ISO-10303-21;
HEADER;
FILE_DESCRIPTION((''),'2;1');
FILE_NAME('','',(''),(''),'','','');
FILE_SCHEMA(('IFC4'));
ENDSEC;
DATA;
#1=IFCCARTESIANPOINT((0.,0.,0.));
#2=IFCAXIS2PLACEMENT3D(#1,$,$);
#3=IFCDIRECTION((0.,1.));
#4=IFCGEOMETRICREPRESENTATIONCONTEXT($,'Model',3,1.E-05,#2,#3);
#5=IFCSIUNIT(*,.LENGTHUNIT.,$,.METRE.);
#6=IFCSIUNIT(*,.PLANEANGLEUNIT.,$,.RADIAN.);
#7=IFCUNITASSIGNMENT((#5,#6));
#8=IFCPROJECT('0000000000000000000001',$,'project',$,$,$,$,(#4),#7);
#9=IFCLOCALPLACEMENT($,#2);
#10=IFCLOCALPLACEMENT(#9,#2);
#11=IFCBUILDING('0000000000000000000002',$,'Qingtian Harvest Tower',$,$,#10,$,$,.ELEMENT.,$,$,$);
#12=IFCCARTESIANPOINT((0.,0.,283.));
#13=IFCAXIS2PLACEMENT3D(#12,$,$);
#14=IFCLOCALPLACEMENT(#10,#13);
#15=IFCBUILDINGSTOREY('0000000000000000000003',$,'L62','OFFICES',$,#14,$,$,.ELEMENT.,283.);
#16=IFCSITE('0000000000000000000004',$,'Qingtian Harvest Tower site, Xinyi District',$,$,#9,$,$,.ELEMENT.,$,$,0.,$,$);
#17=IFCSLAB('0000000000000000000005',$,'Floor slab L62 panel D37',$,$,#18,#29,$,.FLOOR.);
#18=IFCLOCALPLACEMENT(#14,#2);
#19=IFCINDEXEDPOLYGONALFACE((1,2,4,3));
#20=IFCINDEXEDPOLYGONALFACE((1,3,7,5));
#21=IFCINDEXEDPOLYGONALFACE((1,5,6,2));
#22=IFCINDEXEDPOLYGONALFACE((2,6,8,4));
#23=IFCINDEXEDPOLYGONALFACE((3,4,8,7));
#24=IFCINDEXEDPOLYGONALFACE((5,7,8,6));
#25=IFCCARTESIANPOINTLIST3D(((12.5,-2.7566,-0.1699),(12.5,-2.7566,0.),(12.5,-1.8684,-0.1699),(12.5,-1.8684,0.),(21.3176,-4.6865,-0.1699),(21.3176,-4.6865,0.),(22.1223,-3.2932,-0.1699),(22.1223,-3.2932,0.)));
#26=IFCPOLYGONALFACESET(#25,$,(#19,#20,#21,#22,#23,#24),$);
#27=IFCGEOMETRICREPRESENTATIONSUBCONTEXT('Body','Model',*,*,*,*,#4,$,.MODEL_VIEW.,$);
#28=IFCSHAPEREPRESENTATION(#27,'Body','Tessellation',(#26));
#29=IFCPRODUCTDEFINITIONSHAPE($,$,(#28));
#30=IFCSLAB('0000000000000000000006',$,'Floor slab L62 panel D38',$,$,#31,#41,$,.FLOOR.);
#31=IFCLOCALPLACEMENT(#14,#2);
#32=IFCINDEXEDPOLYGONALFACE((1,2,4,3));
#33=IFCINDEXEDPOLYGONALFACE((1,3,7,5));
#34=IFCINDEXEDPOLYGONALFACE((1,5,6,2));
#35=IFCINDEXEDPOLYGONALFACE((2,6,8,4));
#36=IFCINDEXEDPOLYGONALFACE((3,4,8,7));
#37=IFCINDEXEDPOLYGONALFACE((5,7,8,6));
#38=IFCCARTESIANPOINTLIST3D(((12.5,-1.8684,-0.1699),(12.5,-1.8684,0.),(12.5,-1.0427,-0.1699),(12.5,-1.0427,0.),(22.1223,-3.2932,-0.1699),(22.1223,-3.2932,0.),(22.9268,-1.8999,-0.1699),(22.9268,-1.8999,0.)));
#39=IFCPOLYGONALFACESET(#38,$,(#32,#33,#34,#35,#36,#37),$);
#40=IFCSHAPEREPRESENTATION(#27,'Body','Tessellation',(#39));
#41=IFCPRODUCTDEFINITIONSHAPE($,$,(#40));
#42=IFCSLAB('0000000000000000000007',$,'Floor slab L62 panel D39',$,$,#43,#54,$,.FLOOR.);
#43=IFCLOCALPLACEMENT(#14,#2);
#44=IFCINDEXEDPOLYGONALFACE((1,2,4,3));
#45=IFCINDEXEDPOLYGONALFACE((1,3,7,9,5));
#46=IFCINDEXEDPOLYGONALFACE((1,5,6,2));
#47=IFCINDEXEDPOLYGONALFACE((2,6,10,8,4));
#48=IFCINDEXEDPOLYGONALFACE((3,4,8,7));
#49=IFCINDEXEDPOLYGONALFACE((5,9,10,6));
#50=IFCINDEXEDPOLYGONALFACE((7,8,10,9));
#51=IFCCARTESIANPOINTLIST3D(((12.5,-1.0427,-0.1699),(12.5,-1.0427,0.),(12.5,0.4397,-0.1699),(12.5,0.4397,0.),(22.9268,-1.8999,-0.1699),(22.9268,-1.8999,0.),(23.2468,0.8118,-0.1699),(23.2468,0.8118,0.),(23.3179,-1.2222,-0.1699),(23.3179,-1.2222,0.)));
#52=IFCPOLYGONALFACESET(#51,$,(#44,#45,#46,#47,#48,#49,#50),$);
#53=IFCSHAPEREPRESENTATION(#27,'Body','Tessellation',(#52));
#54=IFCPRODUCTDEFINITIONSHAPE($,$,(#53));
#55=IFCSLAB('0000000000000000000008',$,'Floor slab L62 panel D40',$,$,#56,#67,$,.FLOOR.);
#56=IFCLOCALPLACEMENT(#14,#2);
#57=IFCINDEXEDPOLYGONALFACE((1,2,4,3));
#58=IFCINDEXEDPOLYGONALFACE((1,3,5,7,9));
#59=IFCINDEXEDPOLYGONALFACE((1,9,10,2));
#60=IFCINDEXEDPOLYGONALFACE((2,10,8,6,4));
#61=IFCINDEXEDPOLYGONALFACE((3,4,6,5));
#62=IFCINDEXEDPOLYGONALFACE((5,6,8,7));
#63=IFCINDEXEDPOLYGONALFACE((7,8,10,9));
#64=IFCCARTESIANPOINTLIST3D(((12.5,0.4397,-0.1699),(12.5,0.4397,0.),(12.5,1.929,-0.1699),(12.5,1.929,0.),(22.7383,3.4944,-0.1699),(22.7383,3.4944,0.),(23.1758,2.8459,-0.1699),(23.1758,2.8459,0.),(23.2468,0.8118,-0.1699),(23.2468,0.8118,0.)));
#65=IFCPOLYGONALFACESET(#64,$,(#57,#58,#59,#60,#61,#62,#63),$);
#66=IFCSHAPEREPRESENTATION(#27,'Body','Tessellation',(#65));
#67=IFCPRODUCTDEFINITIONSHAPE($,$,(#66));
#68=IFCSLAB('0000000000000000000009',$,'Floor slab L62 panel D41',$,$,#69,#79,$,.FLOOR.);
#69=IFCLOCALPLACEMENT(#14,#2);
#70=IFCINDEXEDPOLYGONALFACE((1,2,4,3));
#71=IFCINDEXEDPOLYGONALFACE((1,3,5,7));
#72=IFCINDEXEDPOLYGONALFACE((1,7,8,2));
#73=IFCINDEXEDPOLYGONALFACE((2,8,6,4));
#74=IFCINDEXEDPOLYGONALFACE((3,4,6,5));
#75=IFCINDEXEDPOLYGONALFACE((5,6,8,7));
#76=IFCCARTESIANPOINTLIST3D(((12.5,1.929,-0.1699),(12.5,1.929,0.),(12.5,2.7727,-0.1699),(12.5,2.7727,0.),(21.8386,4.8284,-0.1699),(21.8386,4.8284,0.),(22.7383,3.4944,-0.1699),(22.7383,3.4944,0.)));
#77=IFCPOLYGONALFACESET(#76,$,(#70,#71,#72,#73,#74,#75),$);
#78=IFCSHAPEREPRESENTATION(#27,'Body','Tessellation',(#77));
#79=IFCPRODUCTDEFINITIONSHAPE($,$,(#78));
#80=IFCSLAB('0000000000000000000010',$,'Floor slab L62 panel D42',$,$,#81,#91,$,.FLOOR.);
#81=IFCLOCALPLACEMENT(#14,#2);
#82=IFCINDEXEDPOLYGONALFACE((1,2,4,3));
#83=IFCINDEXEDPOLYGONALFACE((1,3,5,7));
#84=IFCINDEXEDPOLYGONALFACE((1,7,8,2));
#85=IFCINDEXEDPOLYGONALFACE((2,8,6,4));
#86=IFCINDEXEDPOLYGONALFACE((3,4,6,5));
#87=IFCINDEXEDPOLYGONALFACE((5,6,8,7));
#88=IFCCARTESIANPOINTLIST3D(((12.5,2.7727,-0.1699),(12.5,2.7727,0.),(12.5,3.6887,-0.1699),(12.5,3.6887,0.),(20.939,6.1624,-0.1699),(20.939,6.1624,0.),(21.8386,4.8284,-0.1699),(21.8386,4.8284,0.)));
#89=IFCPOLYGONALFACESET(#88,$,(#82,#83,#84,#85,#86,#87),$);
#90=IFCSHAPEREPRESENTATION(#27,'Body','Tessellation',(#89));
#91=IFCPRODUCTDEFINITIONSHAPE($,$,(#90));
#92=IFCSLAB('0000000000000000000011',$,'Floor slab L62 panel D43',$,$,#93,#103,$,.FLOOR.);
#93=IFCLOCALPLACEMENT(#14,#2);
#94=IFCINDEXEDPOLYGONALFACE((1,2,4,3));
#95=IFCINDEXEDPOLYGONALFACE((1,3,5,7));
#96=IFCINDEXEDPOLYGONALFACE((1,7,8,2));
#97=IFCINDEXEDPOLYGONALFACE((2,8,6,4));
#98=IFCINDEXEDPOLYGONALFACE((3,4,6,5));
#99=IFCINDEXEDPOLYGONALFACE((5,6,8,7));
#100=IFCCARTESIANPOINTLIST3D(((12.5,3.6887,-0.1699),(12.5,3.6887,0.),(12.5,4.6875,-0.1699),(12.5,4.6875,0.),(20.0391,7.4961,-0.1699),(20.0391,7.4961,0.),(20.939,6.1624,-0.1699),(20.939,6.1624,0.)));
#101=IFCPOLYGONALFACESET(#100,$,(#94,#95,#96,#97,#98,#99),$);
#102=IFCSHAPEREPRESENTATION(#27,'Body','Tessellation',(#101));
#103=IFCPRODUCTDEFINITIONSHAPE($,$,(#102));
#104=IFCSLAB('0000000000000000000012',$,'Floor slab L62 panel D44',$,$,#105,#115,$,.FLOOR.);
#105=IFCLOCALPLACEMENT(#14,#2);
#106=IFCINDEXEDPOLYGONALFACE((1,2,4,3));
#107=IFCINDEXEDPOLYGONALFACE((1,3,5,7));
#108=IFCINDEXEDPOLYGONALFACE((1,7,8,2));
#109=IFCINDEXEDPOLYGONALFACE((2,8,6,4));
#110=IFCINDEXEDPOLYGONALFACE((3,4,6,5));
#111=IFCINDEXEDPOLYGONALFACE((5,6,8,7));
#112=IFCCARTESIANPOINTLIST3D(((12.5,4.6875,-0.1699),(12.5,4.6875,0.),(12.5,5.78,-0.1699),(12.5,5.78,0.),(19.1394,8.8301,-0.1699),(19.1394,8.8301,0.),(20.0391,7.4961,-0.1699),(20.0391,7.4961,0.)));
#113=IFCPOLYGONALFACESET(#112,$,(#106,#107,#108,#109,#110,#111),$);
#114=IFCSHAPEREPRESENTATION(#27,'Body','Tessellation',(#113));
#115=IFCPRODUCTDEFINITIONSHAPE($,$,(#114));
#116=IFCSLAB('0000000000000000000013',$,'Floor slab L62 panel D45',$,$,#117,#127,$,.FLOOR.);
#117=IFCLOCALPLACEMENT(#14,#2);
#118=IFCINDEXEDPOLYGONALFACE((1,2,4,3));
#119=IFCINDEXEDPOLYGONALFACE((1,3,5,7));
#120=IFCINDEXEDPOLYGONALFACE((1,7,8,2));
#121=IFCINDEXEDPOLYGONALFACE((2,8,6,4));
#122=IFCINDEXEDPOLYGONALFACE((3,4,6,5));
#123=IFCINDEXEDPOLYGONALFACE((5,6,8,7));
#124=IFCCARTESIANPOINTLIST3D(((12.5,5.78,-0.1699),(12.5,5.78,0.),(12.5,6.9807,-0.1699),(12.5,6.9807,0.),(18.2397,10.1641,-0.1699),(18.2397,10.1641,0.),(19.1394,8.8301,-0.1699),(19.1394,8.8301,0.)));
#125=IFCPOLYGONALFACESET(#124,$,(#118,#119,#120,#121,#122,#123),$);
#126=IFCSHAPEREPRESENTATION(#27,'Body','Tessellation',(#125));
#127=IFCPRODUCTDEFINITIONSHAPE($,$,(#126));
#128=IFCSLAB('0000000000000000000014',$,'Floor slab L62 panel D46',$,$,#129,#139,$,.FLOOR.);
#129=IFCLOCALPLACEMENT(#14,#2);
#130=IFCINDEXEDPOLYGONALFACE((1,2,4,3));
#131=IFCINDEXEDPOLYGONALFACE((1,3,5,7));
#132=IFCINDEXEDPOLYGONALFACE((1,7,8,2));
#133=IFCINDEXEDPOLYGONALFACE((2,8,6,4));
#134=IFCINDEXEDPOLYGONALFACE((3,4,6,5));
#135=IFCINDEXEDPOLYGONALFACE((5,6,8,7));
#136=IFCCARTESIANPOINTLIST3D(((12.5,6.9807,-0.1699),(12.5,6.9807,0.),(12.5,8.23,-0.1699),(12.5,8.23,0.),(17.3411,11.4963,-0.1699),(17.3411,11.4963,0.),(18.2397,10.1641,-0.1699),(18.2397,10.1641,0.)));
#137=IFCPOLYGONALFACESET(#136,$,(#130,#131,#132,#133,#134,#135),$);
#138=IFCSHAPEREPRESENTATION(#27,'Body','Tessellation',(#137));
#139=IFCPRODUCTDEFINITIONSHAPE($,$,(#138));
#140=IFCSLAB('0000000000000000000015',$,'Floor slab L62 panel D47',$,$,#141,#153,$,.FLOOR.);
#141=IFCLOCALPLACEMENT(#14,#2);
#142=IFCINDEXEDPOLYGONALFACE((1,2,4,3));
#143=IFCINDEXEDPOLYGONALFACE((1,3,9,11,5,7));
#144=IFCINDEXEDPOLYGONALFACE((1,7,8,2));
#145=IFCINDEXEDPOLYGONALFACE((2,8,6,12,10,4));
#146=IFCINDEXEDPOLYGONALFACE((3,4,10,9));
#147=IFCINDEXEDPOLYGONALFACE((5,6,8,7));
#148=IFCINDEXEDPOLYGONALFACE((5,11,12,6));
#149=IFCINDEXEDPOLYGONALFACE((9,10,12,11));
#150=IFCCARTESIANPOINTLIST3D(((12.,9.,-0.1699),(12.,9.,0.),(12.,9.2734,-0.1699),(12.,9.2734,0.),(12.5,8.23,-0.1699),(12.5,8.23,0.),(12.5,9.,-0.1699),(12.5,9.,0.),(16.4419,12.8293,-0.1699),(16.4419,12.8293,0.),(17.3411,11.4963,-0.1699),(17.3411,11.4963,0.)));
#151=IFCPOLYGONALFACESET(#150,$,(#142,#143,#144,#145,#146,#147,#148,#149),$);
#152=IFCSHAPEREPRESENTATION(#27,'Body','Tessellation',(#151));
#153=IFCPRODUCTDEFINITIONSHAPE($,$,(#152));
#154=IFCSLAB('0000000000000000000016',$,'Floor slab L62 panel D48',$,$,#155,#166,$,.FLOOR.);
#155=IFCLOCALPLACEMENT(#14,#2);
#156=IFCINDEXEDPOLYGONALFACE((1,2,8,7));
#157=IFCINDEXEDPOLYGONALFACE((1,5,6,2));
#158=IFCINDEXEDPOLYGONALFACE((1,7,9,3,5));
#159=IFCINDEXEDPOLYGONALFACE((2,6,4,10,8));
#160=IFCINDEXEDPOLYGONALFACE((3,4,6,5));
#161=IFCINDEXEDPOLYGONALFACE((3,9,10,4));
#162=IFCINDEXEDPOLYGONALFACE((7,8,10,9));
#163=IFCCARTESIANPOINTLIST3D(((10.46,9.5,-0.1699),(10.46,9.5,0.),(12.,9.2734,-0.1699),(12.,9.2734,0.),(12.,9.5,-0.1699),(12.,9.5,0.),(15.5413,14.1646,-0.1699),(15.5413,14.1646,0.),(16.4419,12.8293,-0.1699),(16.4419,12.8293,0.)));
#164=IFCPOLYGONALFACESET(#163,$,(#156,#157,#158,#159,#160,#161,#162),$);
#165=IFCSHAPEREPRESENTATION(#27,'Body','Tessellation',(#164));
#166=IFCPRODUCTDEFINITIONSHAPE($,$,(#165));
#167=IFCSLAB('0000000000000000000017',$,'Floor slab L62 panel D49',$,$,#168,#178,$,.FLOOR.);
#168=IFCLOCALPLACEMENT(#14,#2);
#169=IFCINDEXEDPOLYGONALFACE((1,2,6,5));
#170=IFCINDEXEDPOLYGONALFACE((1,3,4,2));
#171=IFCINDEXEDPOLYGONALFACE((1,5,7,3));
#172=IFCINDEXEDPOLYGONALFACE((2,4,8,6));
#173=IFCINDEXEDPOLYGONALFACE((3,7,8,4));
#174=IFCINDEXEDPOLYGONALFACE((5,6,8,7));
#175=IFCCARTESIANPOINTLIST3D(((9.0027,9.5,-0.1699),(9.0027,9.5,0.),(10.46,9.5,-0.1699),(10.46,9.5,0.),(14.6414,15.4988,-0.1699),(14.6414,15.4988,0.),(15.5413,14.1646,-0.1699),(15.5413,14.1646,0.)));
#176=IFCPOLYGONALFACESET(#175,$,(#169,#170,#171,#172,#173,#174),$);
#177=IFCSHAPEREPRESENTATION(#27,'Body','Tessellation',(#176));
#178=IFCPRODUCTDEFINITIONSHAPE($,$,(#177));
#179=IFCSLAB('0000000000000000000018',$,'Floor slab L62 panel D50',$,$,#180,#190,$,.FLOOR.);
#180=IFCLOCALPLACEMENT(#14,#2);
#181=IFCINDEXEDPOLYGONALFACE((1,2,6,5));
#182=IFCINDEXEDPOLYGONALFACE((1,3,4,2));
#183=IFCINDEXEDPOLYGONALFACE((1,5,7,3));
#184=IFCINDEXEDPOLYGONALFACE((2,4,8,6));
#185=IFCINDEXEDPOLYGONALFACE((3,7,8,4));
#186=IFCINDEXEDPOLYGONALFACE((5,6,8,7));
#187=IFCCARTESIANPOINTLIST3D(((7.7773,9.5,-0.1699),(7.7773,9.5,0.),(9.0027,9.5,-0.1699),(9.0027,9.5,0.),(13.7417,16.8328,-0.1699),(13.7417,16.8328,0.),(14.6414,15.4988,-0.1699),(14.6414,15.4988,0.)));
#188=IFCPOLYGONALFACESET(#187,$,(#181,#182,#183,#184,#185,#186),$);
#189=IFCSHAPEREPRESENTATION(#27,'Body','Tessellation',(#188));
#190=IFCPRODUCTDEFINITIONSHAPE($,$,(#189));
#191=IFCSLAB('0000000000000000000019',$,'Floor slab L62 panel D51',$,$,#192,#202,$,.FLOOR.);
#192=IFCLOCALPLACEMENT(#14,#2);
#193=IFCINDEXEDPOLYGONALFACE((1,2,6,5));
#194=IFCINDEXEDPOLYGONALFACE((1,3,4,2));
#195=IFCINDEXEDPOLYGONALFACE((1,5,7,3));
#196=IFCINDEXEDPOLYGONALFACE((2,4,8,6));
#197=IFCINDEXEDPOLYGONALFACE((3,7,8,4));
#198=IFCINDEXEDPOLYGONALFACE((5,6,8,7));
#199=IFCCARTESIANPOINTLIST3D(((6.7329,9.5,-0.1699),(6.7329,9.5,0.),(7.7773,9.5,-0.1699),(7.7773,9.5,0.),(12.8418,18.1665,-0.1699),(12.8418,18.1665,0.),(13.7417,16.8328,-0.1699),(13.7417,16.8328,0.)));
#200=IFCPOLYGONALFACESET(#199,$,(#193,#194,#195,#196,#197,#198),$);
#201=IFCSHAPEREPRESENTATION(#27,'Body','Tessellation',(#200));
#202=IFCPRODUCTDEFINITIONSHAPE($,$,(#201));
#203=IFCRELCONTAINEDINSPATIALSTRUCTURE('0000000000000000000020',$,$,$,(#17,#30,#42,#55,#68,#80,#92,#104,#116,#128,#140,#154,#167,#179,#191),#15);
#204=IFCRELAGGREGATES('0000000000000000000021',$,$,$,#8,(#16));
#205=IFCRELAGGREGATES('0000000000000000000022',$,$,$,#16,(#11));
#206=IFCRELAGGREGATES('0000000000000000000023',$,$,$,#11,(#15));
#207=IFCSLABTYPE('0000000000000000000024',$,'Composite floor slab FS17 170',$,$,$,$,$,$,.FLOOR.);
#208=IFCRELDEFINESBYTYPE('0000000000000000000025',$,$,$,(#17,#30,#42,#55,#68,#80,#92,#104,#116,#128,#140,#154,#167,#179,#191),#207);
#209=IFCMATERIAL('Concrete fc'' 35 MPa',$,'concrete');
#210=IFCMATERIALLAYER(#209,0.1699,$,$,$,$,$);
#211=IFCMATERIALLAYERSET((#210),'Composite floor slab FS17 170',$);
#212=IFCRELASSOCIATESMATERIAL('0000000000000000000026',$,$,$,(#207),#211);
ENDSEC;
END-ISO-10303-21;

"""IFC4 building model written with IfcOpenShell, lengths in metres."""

from ifc_helpers import new_model, si_unit, direction, frame, origin, place, context, subcontext, project, spatial, polyline, outline, extrude, material, layer, layer_set, type_object, element, save


model = new_model("IFC4")

# Units and contexts
model_context = context("Model", 3, precision=1e-05, world=origin(), true_north=direction((0.0, 1.0)))
body_context = subcontext(model_context, "Body", "Model", "MODEL_VIEW")
ifc_project = project(units=[si_unit("LENGTHUNIT", "METRE"), si_unit("PLANEANGLEUNIT", "RADIAN")], contexts=[model_context])

# Site, building, storey
site_placement = place(None, origin())
site = spatial("IfcSite", under=ifc_project, at=site_placement, Name="Qingtian Harvest Tower site, Xinyi District", CompositionType="ELEMENT", RefElevation=0.0)
building_placement = place(site_placement, origin())
building = spatial("IfcBuilding", under=site, at=building_placement, Name="Qingtian Harvest Tower", CompositionType="ELEMENT")
storey_placement = place(building_placement, frame((0.0, 0.0, 283.0)))
storey = spatial("IfcBuildingStorey", under=building, at=storey_placement, Name="L62", Description="OFFICES", CompositionType="ELEMENT", Elevation=283.0)

# Slabs
ifc_material_1 = material(Name="Concrete fc' 35 MPa", Category="concrete")
ifc_layer_1 = layer(ifc_material_1, 0.1699)
ifc_layer_set_1 = layer_set([ifc_layer_1], Name="Composite floor slab FS17 170")
slab_type = type_object("IfcSlabType", Name="Composite floor slab FS17 170", PredefinedType="FLOOR", material=ifc_layer_set_1)
slab_1_placement = place(storey_placement, frame((0.0, 0.0, -0.1699)))
element("IfcSlab", 1, at=slab_1_placement, inside=storey, type_object=slab_type, Name="Floor slab L62 panel D37", PredefinedType="FLOOR", context=body_context, shape_type="SweptSolid", body=[
    extrude(outline(polyline([(12.5, -1.8684), (22.1223, -3.2932), (21.3176, -4.6865), (12.5, -2.7566), (12.5, -1.8684)])), origin(), (0.0, 0.0, 1.0), 0.1699),
])
slab_2_placement = place(storey_placement, frame((0.0, 0.0, -0.1699)))
element("IfcSlab", 2, at=slab_2_placement, inside=storey, type_object=slab_type, Name="Floor slab L62 panel D38", PredefinedType="FLOOR", context=body_context, shape_type="SweptSolid", body=[
    extrude(outline(polyline([(12.5, -1.0427), (22.9268, -1.8999), (22.1223, -3.2932), (12.5, -1.8684), (12.5, -1.0427)])), origin(), (0.0, 0.0, 1.0), 0.1699),
])
slab_3_placement = place(storey_placement, frame((0.0, 0.0, -0.1699)))
element("IfcSlab", 3, at=slab_3_placement, inside=storey, type_object=slab_type, Name="Floor slab L62 panel D39", PredefinedType="FLOOR", context=body_context, shape_type="SweptSolid", body=[
    extrude(outline(polyline([(12.5, -1.0427), (12.5, 0.4397), (23.2468, 0.8118), (23.3179, -1.2222), (22.9268, -1.8999), (12.5, -1.0427)])), origin(), (0.0, 0.0, 1.0), 0.1699),
])
slab_4_placement = place(storey_placement, frame((0.0, 0.0, -0.1699)))
element("IfcSlab", 4, at=slab_4_placement, inside=storey, type_object=slab_type, Name="Floor slab L62 panel D40", PredefinedType="FLOOR", context=body_context, shape_type="SweptSolid", body=[
    extrude(outline(polyline([(12.5, 0.4397), (12.5, 1.929), (22.7383, 3.4944), (23.1758, 2.8459), (23.2468, 0.8118), (12.5, 0.4397)])), origin(), (0.0, 0.0, 1.0), 0.1699),
])
slab_5_placement = place(storey_placement, frame((0.0, 0.0, -0.1699)))
element("IfcSlab", 5, at=slab_5_placement, inside=storey, type_object=slab_type, Name="Floor slab L62 panel D41", PredefinedType="FLOOR", context=body_context, shape_type="SweptSolid", body=[
    extrude(outline(polyline([(12.5, 2.7727), (21.8386, 4.8284), (22.7383, 3.4944), (12.5, 1.929), (12.5, 2.7727)])), origin(), (0.0, 0.0, 1.0), 0.1699),
])
slab_6_placement = place(storey_placement, frame((0.0, 0.0, -0.1699)))
element("IfcSlab", 6, at=slab_6_placement, inside=storey, type_object=slab_type, Name="Floor slab L62 panel D42", PredefinedType="FLOOR", context=body_context, shape_type="SweptSolid", body=[
    extrude(outline(polyline([(12.5, 3.6887), (20.939, 6.1624), (21.8386, 4.8284), (12.5, 2.7727), (12.5, 3.6887)])), origin(), (0.0, 0.0, 1.0), 0.1699),
])
slab_7_placement = place(storey_placement, frame((0.0, 0.0, -0.1699)))
element("IfcSlab", 7, at=slab_7_placement, inside=storey, type_object=slab_type, Name="Floor slab L62 panel D43", PredefinedType="FLOOR", context=body_context, shape_type="SweptSolid", body=[
    extrude(outline(polyline([(12.5, 4.6875), (20.0391, 7.4961), (20.939, 6.1624), (12.5, 3.6887), (12.5, 4.6875)])), origin(), (0.0, 0.0, 1.0), 0.1699),
])
slab_8_placement = place(storey_placement, frame((0.0, 0.0, -0.1699)))
element("IfcSlab", 8, at=slab_8_placement, inside=storey, type_object=slab_type, Name="Floor slab L62 panel D44", PredefinedType="FLOOR", context=body_context, shape_type="SweptSolid", body=[
    extrude(outline(polyline([(12.5, 5.78), (19.1394, 8.8301), (20.0391, 7.4961), (12.5, 4.6875), (12.5, 5.78)])), origin(), (0.0, 0.0, 1.0), 0.1699),
])
slab_9_placement = place(storey_placement, frame((0.0, 0.0, -0.1699)))
element("IfcSlab", 9, at=slab_9_placement, inside=storey, type_object=slab_type, Name="Floor slab L62 panel D45", PredefinedType="FLOOR", context=body_context, shape_type="SweptSolid", body=[
    extrude(outline(polyline([(12.5, 6.9807), (18.2397, 10.1641), (19.1394, 8.8301), (12.5, 5.78), (12.5, 6.9807)])), origin(), (0.0, 0.0, 1.0), 0.1699),
])
slab_10_placement = place(storey_placement, frame((0.0, 0.0, -0.1699)))
element("IfcSlab", 10, at=slab_10_placement, inside=storey, type_object=slab_type, Name="Floor slab L62 panel D46", PredefinedType="FLOOR", context=body_context, shape_type="SweptSolid", body=[
    extrude(outline(polyline([(12.5, 8.23), (17.3411, 11.4963), (18.2397, 10.1641), (12.5, 6.9807), (12.5, 8.23)])), origin(), (0.0, 0.0, 1.0), 0.1699),
])
slab_11_placement = place(storey_placement, frame((0.0, 0.0, -0.1699)))
element("IfcSlab", 11, at=slab_11_placement, inside=storey, type_object=slab_type, Name="Floor slab L62 panel D47", PredefinedType="FLOOR", context=body_context, shape_type="SweptSolid", body=[
    extrude(outline(polyline([(12.5, 9.0), (12.0, 9.0), (12.0, 9.2734), (16.4419, 12.8293), (17.3411, 11.4963), (12.5, 8.23), (12.5, 9.0)])), origin(), (0.0, 0.0, 1.0), 0.1699),
])
slab_12_placement = place(storey_placement, frame((0.0, 0.0, -0.1699)))
element("IfcSlab", 12, at=slab_12_placement, inside=storey, type_object=slab_type, Name="Floor slab L62 panel D48", PredefinedType="FLOOR", context=body_context, shape_type="SweptSolid", body=[
    extrude(outline(polyline([(12.0, 9.5), (10.46, 9.5), (15.5413, 14.1646), (16.4419, 12.8293), (12.0, 9.2734), (12.0, 9.5)])), origin(), (0.0, 0.0, 1.0), 0.1699),
])
slab_13_placement = place(storey_placement, frame((0.0, 0.0, -0.1699)))
element("IfcSlab", 13, at=slab_13_placement, inside=storey, type_object=slab_type, Name="Floor slab L62 panel D49", PredefinedType="FLOOR", context=body_context, shape_type="SweptSolid", body=[
    extrude(outline(polyline([(9.0027, 9.5), (14.6414, 15.4988), (15.5413, 14.1646), (10.46, 9.5), (9.0027, 9.5)])), origin(), (0.0, 0.0, 1.0), 0.1699),
])
slab_14_placement = place(storey_placement, frame((0.0, 0.0, -0.1699)))
element("IfcSlab", 14, at=slab_14_placement, inside=storey, type_object=slab_type, Name="Floor slab L62 panel D50", PredefinedType="FLOOR", context=body_context, shape_type="SweptSolid", body=[
    extrude(outline(polyline([(7.7773, 9.5), (13.7417, 16.8328), (14.6414, 15.4988), (9.0027, 9.5), (7.7773, 9.5)])), origin(), (0.0, 0.0, 1.0), 0.1699),
])
slab_15_placement = place(storey_placement, frame((0.0, 0.0, -0.1699)))
element("IfcSlab", 15, at=slab_15_placement, inside=storey, type_object=slab_type, Name="Floor slab L62 panel D51", PredefinedType="FLOOR", context=body_context, shape_type="SweptSolid", body=[
    extrude(outline(polyline([(6.7329, 9.5), (12.8418, 18.1665), (13.7417, 16.8328), (7.7773, 9.5), (6.7329, 9.5)])), origin(), (0.0, 0.0, 1.0), 0.1699),
])

save(model, "model.ifc")
